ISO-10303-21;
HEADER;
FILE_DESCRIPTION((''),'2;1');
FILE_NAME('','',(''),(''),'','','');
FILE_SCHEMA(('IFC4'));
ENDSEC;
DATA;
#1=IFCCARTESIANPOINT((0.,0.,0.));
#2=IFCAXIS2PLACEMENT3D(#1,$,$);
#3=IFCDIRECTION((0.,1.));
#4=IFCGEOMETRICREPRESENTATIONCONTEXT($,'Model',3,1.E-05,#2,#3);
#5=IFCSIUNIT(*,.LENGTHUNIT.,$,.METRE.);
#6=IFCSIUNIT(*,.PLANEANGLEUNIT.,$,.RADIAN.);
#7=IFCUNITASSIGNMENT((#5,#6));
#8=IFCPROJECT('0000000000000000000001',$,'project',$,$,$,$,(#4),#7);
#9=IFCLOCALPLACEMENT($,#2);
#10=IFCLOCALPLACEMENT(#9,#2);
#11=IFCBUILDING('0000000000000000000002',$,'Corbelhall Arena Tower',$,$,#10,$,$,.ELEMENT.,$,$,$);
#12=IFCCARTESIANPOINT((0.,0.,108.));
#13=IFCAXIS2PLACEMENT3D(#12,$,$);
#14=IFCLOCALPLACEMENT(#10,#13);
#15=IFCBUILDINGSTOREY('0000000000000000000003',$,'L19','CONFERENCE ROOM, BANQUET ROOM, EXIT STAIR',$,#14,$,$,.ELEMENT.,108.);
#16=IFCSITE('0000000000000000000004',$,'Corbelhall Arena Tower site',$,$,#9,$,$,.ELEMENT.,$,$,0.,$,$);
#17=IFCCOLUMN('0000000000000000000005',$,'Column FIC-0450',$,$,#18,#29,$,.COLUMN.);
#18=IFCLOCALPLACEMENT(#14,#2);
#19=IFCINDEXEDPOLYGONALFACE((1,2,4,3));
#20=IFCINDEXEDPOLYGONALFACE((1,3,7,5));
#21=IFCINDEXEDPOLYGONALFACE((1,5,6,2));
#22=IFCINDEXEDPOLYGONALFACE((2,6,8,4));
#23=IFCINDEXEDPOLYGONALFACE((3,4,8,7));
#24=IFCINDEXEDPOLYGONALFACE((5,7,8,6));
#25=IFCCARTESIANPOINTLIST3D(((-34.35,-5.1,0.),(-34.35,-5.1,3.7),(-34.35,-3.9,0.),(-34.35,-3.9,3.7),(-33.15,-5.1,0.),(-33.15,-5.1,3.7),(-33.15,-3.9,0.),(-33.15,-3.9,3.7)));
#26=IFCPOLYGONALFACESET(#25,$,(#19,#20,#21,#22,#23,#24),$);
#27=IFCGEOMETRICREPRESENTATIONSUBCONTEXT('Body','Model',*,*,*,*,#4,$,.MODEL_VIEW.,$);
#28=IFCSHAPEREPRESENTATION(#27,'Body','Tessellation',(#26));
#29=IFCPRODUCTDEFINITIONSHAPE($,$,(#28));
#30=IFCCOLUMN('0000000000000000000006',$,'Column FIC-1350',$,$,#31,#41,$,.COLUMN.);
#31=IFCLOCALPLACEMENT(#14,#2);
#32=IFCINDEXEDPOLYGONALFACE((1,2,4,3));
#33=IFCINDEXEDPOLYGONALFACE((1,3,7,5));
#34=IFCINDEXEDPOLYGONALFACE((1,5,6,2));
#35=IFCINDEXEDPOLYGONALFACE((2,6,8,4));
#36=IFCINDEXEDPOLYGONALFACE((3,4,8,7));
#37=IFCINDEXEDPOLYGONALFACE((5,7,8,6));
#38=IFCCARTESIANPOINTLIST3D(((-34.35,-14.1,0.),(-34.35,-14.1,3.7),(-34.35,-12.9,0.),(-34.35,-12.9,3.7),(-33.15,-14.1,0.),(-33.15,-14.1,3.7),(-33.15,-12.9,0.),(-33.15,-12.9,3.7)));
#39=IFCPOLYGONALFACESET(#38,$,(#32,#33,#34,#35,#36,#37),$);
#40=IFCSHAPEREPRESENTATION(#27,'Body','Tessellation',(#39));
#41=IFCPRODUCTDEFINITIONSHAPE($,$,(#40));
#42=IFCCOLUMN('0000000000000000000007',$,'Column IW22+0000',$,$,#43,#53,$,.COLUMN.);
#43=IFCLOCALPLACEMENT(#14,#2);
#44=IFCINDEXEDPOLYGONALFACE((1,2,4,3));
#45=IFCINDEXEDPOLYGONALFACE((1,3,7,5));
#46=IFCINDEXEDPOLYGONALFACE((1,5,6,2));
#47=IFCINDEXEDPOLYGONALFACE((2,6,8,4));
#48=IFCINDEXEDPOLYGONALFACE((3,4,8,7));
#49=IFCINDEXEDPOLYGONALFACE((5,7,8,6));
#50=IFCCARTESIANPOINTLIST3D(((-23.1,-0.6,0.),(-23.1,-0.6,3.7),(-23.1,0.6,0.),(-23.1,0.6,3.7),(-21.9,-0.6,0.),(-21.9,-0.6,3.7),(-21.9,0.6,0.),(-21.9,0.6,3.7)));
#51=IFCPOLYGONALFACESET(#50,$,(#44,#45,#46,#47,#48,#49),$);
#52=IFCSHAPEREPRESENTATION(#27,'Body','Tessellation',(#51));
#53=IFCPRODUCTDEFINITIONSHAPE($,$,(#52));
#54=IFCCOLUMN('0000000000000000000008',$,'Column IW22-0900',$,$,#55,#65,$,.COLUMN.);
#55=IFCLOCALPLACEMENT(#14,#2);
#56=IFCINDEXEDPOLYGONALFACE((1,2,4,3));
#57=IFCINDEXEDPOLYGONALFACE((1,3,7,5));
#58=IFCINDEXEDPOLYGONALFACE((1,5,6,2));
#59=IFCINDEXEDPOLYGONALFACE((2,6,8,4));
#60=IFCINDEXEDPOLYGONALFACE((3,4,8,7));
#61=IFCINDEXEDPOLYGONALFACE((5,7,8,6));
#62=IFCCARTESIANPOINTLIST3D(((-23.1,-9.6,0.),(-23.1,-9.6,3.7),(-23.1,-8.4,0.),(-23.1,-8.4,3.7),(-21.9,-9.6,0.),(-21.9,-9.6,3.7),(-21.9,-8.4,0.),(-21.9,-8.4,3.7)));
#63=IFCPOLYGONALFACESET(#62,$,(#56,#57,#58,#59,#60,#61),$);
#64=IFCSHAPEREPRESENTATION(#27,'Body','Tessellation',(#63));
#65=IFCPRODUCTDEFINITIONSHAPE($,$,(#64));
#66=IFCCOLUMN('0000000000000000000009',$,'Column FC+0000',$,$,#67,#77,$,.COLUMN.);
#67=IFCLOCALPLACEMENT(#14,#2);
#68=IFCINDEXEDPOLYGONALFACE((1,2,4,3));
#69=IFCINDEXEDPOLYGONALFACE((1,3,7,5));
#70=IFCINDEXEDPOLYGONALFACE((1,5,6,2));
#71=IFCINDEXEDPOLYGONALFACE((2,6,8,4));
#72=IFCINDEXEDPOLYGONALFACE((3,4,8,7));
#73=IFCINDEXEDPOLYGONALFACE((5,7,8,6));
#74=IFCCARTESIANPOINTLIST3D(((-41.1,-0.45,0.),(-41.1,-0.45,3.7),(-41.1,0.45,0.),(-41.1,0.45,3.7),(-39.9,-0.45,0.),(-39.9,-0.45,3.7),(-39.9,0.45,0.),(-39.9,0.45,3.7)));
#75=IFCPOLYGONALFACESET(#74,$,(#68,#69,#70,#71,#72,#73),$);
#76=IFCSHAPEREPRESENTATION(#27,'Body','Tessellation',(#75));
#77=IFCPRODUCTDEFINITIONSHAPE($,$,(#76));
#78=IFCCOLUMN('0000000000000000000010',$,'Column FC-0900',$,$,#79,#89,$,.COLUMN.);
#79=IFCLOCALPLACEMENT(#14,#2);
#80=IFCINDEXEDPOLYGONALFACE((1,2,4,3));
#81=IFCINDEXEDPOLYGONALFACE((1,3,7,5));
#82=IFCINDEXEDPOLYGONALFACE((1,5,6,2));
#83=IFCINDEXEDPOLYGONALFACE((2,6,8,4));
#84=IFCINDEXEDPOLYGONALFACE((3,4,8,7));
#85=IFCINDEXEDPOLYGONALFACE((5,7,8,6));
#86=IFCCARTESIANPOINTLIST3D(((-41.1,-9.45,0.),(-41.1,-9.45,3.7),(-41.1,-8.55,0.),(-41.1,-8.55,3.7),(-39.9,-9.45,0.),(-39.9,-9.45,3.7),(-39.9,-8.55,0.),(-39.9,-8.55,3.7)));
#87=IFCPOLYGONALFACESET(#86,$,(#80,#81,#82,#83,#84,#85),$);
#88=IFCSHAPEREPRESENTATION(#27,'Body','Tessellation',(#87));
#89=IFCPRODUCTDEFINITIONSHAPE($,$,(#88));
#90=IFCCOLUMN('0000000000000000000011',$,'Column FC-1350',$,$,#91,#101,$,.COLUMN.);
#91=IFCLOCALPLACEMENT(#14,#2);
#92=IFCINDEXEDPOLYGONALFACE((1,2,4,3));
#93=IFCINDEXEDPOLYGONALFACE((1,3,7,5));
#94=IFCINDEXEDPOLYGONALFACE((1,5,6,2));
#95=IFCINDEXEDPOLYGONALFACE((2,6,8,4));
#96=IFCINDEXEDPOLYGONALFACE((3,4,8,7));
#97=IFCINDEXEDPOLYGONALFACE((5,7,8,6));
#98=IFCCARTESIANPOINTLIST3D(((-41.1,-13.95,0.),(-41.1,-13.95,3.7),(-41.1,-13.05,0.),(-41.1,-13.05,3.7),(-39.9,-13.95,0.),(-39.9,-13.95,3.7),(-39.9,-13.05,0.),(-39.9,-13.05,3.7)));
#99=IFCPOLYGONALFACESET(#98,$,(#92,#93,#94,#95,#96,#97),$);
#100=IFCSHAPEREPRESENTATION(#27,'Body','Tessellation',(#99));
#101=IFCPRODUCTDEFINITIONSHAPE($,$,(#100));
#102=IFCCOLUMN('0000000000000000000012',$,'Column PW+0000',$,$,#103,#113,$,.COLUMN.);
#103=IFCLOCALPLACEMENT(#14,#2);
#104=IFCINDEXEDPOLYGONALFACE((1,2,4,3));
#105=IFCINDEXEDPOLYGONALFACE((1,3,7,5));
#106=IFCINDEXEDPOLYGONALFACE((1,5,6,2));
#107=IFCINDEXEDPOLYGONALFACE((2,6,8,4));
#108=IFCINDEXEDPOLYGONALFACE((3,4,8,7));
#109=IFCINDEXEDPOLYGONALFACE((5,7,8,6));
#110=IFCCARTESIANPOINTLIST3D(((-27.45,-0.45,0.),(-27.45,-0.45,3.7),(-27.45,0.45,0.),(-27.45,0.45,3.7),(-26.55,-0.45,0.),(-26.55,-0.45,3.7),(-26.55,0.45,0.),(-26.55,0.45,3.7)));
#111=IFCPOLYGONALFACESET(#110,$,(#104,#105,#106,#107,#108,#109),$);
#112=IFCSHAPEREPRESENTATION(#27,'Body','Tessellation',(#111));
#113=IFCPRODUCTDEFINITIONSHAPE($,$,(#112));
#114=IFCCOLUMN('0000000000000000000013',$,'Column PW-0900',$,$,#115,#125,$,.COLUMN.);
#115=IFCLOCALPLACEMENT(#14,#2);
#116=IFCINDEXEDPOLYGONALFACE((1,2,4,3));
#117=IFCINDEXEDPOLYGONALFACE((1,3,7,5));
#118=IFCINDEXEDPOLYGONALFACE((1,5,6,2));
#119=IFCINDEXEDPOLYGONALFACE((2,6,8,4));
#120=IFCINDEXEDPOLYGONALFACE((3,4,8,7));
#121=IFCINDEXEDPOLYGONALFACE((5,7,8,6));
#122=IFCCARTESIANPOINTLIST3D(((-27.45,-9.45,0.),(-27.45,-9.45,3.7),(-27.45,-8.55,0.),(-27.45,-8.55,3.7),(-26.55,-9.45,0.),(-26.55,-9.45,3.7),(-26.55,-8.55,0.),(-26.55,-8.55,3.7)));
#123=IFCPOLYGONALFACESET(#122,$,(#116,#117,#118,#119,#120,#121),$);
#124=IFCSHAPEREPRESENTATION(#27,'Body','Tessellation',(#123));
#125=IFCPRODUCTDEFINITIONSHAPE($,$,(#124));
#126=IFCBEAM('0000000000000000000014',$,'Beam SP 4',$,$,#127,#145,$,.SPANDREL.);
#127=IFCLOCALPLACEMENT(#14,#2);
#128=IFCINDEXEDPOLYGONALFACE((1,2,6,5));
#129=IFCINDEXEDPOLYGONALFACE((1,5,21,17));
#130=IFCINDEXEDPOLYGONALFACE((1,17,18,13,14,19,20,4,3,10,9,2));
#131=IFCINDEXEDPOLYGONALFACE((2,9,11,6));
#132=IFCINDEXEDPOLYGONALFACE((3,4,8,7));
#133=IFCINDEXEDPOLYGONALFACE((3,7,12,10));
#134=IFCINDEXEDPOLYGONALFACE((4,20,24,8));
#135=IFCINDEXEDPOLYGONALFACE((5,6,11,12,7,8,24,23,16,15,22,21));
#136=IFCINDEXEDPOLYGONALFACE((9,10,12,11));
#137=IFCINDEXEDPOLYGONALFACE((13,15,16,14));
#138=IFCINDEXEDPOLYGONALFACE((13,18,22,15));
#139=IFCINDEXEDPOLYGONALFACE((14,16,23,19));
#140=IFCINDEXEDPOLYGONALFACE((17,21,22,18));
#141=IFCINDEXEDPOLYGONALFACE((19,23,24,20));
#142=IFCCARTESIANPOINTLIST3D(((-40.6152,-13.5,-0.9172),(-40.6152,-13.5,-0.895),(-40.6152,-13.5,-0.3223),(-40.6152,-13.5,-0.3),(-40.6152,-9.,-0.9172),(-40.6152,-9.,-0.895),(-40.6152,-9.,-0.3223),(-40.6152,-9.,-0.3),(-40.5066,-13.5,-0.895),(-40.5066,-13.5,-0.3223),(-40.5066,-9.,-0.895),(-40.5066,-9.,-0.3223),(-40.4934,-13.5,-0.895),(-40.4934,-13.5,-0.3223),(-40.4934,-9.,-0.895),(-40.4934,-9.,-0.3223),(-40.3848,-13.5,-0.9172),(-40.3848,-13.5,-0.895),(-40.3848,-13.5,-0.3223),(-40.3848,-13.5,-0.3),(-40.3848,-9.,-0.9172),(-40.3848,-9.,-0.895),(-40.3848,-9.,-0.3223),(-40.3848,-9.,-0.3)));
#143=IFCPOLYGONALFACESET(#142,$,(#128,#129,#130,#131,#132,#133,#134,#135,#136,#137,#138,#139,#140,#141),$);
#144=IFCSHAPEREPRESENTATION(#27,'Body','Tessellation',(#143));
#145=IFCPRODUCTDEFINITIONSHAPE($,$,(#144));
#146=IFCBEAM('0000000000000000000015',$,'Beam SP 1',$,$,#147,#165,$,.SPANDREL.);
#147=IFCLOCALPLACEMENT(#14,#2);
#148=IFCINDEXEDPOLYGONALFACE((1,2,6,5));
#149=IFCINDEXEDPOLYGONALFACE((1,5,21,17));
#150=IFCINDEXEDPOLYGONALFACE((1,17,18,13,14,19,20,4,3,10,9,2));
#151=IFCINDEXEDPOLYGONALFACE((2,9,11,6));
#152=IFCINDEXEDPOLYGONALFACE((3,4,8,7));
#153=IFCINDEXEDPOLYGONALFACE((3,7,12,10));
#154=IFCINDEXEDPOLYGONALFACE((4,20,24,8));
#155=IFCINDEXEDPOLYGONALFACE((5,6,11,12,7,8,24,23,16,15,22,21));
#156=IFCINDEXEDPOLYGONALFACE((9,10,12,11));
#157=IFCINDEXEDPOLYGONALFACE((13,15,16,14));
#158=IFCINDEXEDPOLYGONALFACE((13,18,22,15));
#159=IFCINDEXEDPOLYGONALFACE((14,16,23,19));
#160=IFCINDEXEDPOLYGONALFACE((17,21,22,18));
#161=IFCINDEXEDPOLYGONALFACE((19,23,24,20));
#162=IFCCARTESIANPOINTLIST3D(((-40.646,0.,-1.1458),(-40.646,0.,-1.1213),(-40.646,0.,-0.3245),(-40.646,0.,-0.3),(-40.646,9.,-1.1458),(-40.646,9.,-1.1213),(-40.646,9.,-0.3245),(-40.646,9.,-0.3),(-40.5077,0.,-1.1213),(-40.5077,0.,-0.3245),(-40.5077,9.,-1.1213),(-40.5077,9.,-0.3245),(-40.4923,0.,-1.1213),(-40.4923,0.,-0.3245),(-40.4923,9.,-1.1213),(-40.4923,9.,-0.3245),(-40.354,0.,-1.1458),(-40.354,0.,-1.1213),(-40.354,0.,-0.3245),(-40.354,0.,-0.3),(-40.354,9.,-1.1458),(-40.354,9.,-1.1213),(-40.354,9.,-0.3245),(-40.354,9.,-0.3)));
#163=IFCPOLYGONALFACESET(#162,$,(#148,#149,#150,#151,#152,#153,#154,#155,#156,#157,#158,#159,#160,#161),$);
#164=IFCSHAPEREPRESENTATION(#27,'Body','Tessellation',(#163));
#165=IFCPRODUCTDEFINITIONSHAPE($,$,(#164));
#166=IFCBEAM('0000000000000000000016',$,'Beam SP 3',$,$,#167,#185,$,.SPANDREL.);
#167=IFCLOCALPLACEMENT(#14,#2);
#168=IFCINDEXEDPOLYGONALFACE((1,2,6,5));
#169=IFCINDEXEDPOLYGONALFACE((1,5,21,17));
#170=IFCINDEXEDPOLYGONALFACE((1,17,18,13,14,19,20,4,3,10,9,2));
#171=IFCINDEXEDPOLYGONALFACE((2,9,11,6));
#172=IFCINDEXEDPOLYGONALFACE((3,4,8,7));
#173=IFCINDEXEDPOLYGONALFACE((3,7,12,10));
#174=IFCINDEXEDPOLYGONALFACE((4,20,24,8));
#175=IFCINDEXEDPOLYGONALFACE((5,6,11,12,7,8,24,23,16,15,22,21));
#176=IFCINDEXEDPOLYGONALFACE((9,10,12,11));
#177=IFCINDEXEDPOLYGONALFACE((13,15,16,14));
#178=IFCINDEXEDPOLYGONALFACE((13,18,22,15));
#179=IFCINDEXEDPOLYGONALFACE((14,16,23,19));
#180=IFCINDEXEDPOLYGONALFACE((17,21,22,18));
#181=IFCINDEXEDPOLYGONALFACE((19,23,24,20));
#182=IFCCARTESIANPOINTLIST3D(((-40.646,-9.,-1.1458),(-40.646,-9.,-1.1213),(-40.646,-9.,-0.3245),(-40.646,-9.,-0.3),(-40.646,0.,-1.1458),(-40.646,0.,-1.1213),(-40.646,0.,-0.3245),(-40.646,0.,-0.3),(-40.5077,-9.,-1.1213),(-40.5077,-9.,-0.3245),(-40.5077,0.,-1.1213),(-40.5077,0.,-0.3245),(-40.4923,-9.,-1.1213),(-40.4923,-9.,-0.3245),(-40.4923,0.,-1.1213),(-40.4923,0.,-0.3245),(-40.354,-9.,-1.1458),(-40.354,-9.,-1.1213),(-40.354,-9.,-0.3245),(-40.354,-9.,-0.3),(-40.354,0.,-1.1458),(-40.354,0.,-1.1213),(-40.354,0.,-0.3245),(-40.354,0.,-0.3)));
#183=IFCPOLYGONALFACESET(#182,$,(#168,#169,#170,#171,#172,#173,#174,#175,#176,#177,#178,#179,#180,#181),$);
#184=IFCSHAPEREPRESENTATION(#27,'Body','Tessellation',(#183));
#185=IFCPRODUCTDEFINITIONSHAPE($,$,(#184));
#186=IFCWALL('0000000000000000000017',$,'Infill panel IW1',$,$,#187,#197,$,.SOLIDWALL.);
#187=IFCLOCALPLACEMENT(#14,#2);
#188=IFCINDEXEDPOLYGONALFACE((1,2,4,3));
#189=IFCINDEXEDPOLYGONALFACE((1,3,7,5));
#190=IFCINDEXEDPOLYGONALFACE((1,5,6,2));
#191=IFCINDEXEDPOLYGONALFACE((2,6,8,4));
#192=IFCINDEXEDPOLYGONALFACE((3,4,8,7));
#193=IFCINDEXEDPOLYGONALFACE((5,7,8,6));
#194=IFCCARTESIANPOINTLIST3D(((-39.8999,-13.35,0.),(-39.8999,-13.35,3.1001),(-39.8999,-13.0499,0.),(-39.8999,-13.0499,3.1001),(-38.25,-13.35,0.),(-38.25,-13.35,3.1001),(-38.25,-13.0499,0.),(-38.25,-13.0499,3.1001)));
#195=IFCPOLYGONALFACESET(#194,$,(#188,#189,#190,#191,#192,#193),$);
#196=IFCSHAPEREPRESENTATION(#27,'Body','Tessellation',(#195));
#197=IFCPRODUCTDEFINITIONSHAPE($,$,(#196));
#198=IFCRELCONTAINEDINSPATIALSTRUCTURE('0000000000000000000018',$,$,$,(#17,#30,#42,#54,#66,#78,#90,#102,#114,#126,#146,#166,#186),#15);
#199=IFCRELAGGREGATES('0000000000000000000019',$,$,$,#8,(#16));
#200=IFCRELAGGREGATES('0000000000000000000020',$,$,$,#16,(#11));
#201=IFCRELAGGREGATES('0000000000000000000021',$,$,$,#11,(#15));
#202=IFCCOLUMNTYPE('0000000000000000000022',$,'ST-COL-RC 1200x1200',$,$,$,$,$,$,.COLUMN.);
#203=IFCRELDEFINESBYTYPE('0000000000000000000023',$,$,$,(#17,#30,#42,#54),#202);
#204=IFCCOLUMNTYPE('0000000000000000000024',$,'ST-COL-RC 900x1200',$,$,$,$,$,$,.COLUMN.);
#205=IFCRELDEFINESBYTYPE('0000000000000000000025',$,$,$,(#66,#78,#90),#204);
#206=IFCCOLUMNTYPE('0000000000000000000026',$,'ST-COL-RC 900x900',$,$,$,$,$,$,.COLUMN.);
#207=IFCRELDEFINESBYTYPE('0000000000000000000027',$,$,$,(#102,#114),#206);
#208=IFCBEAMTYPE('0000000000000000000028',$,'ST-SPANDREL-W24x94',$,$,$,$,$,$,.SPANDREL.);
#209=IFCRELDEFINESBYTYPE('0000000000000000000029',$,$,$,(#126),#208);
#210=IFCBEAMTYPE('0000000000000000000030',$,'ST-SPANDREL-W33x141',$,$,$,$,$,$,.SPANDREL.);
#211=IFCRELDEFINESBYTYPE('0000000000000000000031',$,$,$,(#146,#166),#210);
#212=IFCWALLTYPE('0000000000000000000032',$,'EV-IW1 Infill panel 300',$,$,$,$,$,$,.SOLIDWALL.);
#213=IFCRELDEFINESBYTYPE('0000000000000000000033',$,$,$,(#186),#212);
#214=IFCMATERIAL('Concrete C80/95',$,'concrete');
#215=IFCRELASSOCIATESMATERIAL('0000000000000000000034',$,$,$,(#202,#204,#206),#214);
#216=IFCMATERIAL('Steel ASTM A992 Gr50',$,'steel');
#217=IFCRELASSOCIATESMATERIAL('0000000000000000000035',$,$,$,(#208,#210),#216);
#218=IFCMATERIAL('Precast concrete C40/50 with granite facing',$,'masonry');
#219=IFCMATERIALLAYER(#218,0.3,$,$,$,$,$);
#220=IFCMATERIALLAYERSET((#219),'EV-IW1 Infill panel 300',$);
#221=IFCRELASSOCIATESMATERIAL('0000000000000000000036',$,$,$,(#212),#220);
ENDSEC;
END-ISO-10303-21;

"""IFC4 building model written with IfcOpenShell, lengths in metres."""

from ifc_helpers import new_model, si_unit, direction, frame, frame_2d, origin, origin_2d, place, context, subcontext, project, spatial, rectangle, i_section, extrude, material, layer, layer_set, material_profile, profile_set, type_object, element, save


model = new_model("IFC4")

# Units and contexts
model_context = context("Model", 3, precision=1e-05, world=origin(), true_north=direction((0.0, 1.0)))
body_context = subcontext(model_context, "Body", "Model", "MODEL_VIEW")
ifc_project = project(units=[si_unit("LENGTHUNIT", "METRE"), si_unit("PLANEANGLEUNIT", "RADIAN")], contexts=[model_context])

# Site, building, storey
site_placement = place(None, origin())
site = spatial("IfcSite", under=ifc_project, at=site_placement, Name="Corbelhall Arena Tower site", CompositionType="ELEMENT", RefElevation=0.0)
building_placement = place(site_placement, origin())
building = spatial("IfcBuilding", under=site, at=building_placement, Name="Corbelhall Arena Tower", CompositionType="ELEMENT")
storey_placement = place(building_placement, frame((0.0, 0.0, 108.0)))
storey = spatial("IfcBuildingStorey", under=building, at=storey_placement, Name="L19", Description="CONFERENCE ROOM, BANQUET ROOM, EXIT STAIR", CompositionType="ELEMENT", Elevation=108.0)

# Columns
ifc_material_1 = material(Name="Concrete C80/95", Category="concrete")
ifc_material_profile_1 = material_profile(ifc_material_1, rectangle(XDim=1.2, YDim=1.2, at=origin_2d()))
ifc_profile_set_1 = profile_set([ifc_material_profile_1], Name="Concrete C80/95")
column_type_1 = type_object("IfcColumnType", Name="ST-COL-RC 1200x1200", PredefinedType="COLUMN", material=ifc_profile_set_1)
for number, where, z_axis, x_axis, name in (
    (1, (-33.75, -4.5, 0.0), (0.0, 0.0, 1.0), (1.0, 0.0, 0.0), "Column FIC-0450"),
    (2, (-33.75, -13.5, 0.0), (0.0, 0.0, 1.0), (1.0, 0.0, 0.0), "Column FIC-1350"),
    (3, (-22.5, 0.0, 0.0), (0.0, 0.0, 1.0), (1.0, 0.0, 0.0), "Column IW22+0000"),
    (4, (-22.5, -9.0, 0.0), (0.0, 0.0, 1.0), (1.0, 0.0, 0.0), "Column IW22-0900"),
):
    element("IfcColumn", number, at=place(storey_placement, frame(where, z_axis=z_axis, x_axis=x_axis)), inside=storey, type_object=column_type_1, Name=name, PredefinedType="COLUMN", context=body_context, shape_type="SweptSolid", body=[
        extrude(rectangle(XDim=1.2, YDim=1.2, at=origin_2d()), origin(), (0.0, 0.0, 1.0), 3.7),
    ])
ifc_material_profile_2 = material_profile(ifc_material_1, rectangle(XDim=0.8999, YDim=1.2, at=origin_2d()))
ifc_profile_set_2 = profile_set([ifc_material_profile_2], Name="Concrete C80/95")
column_type_2 = type_object("IfcColumnType", Name="ST-COL-RC 900x1200", PredefinedType="COLUMN", material=ifc_profile_set_2)
for number, where, z_axis, x_axis, name in (
    (5, (-40.5, 0.0, 0.0), (0.0, 0.0, 1.0), (0.0, 1.0, 0.0), "Column FC+0000"),
    (6, (-40.5, -9.0, 0.0), (0.0, 0.0, 1.0), (0.0, 1.0, 0.0), "Column FC-0900"),
    (7, (-40.5, -13.5, 0.0), (0.0, 0.0, 1.0), (0.0, 1.0, 0.0), "Column FC-1350"),
):
    element("IfcColumn", number, at=place(storey_placement, frame(where, z_axis=z_axis, x_axis=x_axis)), inside=storey, type_object=column_type_2, Name=name, PredefinedType="COLUMN", context=body_context, shape_type="SweptSolid", body=[
        extrude(rectangle(XDim=0.8999, YDim=1.2, at=origin_2d()), origin(), (0.0, 0.0, 1.0), 3.7),
    ])
ifc_material_profile_3 = material_profile(ifc_material_1, rectangle(XDim=0.8999, YDim=0.8999, at=origin_2d()))
ifc_profile_set_3 = profile_set([ifc_material_profile_3], Name="Concrete C80/95")
column_type_3 = type_object("IfcColumnType", Name="ST-COL-RC 900x900", PredefinedType="COLUMN", material=ifc_profile_set_3)
for number, where, z_axis, x_axis, name in (
    (8, (-27.0, 0.0, 0.0), (0.0, 0.0, 1.0), (1.0, 0.0, 0.0), "Column PW+0000"),
    (9, (-27.0, -9.0, 0.0), (0.0, 0.0, 1.0), (1.0, 0.0, 0.0), "Column PW-0900"),
):
    element("IfcColumn", number, at=place(storey_placement, frame(where, z_axis=z_axis, x_axis=x_axis)), inside=storey, type_object=column_type_3, Name=name, PredefinedType="COLUMN", context=body_context, shape_type="SweptSolid", body=[
        extrude(rectangle(XDim=0.8999, YDim=0.8999, at=origin_2d()), origin(), (0.0, 0.0, 1.0), 3.7),
    ])

# Beams
ifc_material_2 = material(Name="Steel ASTM A992 Gr50", Category="steel")
ifc_material_profile_4 = material_profile(ifc_material_2, i_section(OverallWidth=0.2305, OverallDepth=0.6172, WebThickness=0.0132, FlangeThickness=0.0222, at=origin_2d()))
ifc_profile_set_4 = profile_set([ifc_material_profile_4], Name="Steel ASTM A992 Gr50")
beam_type_1 = type_object("IfcBeamType", Name="ST-SPANDREL-W24x94", PredefinedType="SPANDREL", material=ifc_profile_set_4)
beam_placement = place(storey_placement, frame((-40.5, -13.5, -0.6086), z_axis=(0.0, 1.0, 0.0), x_axis=(-1.0, 0.0, 0.0)))
element("IfcBeam", 10, at=beam_placement, inside=storey, type_object=beam_type_1, Name="Beam SP 4", PredefinedType="SPANDREL", context=body_context, shape_type="SweptSolid", body=[
    extrude(i_section(OverallWidth=0.2305, OverallDepth=0.6172, WebThickness=0.0132, FlangeThickness=0.0222, at=origin_2d()), origin(), (0.0, 0.0, 1.0), 4.5),
])
ifc_material_profile_5 = material_profile(ifc_material_2, i_section(OverallWidth=0.292, OverallDepth=0.8457, WebThickness=0.0154, FlangeThickness=0.0244, at=origin_2d()))
ifc_profile_set_5 = profile_set([ifc_material_profile_5], Name="Steel ASTM A992 Gr50")
beam_type_2 = type_object("IfcBeamType", Name="ST-SPANDREL-W33x141", PredefinedType="SPANDREL", material=ifc_profile_set_5)
for number, where, z_axis, x_axis, name in (
    (11, (-40.5, 0.0, -0.7229), (0.0, 1.0, 0.0), (-1.0, 0.0, 0.0), "Beam SP 1"),
    (12, (-40.5, -9.0, -0.7229), (0.0, 1.0, 0.0), (-1.0, 0.0, 0.0), "Beam SP 3"),
):
    element("IfcBeam", number, at=place(storey_placement, frame(where, z_axis=z_axis, x_axis=x_axis)), inside=storey, type_object=beam_type_2, Name=name, PredefinedType="SPANDREL", context=body_context, shape_type="SweptSolid", body=[
        extrude(i_section(OverallWidth=0.292, OverallDepth=0.8457, WebThickness=0.0154, FlangeThickness=0.0244, at=origin_2d()), origin(), (0.0, 0.0, 1.0), 9.0),
    ])

# Wall
ifc_material_3 = material(Name="Precast concrete C40/50 with granite facing", Category="masonry")
ifc_layer_1 = layer(ifc_material_3, 0.3)
ifc_layer_set_1 = layer_set([ifc_layer_1], Name="EV-IW1 Infill panel 300")
wall_type_1 = type_object("IfcWallType", Name="EV-IW1 Infill panel 300", PredefinedType="SOLIDWALL", material=ifc_layer_set_1)
wall_1_placement = place(storey_placement, frame((-39.8999, -13.2, 0.0), z_axis=(0.0, 0.0, 1.0), x_axis=(1.0, 0.0, 0.0)))
element("IfcWall", 13, at=wall_1_placement, inside=storey, type_object=wall_type_1, Name="Infill panel IW1", PredefinedType="SOLIDWALL", context=body_context, shape_type="SweptSolid", body=[
    extrude(rectangle(XDim=1.6499, YDim=0.3, at=frame_2d((0.825, 0.0))), origin(), (0.0, 0.0, 1.0), 3.1001),
])

save(model, "model.ifc")
